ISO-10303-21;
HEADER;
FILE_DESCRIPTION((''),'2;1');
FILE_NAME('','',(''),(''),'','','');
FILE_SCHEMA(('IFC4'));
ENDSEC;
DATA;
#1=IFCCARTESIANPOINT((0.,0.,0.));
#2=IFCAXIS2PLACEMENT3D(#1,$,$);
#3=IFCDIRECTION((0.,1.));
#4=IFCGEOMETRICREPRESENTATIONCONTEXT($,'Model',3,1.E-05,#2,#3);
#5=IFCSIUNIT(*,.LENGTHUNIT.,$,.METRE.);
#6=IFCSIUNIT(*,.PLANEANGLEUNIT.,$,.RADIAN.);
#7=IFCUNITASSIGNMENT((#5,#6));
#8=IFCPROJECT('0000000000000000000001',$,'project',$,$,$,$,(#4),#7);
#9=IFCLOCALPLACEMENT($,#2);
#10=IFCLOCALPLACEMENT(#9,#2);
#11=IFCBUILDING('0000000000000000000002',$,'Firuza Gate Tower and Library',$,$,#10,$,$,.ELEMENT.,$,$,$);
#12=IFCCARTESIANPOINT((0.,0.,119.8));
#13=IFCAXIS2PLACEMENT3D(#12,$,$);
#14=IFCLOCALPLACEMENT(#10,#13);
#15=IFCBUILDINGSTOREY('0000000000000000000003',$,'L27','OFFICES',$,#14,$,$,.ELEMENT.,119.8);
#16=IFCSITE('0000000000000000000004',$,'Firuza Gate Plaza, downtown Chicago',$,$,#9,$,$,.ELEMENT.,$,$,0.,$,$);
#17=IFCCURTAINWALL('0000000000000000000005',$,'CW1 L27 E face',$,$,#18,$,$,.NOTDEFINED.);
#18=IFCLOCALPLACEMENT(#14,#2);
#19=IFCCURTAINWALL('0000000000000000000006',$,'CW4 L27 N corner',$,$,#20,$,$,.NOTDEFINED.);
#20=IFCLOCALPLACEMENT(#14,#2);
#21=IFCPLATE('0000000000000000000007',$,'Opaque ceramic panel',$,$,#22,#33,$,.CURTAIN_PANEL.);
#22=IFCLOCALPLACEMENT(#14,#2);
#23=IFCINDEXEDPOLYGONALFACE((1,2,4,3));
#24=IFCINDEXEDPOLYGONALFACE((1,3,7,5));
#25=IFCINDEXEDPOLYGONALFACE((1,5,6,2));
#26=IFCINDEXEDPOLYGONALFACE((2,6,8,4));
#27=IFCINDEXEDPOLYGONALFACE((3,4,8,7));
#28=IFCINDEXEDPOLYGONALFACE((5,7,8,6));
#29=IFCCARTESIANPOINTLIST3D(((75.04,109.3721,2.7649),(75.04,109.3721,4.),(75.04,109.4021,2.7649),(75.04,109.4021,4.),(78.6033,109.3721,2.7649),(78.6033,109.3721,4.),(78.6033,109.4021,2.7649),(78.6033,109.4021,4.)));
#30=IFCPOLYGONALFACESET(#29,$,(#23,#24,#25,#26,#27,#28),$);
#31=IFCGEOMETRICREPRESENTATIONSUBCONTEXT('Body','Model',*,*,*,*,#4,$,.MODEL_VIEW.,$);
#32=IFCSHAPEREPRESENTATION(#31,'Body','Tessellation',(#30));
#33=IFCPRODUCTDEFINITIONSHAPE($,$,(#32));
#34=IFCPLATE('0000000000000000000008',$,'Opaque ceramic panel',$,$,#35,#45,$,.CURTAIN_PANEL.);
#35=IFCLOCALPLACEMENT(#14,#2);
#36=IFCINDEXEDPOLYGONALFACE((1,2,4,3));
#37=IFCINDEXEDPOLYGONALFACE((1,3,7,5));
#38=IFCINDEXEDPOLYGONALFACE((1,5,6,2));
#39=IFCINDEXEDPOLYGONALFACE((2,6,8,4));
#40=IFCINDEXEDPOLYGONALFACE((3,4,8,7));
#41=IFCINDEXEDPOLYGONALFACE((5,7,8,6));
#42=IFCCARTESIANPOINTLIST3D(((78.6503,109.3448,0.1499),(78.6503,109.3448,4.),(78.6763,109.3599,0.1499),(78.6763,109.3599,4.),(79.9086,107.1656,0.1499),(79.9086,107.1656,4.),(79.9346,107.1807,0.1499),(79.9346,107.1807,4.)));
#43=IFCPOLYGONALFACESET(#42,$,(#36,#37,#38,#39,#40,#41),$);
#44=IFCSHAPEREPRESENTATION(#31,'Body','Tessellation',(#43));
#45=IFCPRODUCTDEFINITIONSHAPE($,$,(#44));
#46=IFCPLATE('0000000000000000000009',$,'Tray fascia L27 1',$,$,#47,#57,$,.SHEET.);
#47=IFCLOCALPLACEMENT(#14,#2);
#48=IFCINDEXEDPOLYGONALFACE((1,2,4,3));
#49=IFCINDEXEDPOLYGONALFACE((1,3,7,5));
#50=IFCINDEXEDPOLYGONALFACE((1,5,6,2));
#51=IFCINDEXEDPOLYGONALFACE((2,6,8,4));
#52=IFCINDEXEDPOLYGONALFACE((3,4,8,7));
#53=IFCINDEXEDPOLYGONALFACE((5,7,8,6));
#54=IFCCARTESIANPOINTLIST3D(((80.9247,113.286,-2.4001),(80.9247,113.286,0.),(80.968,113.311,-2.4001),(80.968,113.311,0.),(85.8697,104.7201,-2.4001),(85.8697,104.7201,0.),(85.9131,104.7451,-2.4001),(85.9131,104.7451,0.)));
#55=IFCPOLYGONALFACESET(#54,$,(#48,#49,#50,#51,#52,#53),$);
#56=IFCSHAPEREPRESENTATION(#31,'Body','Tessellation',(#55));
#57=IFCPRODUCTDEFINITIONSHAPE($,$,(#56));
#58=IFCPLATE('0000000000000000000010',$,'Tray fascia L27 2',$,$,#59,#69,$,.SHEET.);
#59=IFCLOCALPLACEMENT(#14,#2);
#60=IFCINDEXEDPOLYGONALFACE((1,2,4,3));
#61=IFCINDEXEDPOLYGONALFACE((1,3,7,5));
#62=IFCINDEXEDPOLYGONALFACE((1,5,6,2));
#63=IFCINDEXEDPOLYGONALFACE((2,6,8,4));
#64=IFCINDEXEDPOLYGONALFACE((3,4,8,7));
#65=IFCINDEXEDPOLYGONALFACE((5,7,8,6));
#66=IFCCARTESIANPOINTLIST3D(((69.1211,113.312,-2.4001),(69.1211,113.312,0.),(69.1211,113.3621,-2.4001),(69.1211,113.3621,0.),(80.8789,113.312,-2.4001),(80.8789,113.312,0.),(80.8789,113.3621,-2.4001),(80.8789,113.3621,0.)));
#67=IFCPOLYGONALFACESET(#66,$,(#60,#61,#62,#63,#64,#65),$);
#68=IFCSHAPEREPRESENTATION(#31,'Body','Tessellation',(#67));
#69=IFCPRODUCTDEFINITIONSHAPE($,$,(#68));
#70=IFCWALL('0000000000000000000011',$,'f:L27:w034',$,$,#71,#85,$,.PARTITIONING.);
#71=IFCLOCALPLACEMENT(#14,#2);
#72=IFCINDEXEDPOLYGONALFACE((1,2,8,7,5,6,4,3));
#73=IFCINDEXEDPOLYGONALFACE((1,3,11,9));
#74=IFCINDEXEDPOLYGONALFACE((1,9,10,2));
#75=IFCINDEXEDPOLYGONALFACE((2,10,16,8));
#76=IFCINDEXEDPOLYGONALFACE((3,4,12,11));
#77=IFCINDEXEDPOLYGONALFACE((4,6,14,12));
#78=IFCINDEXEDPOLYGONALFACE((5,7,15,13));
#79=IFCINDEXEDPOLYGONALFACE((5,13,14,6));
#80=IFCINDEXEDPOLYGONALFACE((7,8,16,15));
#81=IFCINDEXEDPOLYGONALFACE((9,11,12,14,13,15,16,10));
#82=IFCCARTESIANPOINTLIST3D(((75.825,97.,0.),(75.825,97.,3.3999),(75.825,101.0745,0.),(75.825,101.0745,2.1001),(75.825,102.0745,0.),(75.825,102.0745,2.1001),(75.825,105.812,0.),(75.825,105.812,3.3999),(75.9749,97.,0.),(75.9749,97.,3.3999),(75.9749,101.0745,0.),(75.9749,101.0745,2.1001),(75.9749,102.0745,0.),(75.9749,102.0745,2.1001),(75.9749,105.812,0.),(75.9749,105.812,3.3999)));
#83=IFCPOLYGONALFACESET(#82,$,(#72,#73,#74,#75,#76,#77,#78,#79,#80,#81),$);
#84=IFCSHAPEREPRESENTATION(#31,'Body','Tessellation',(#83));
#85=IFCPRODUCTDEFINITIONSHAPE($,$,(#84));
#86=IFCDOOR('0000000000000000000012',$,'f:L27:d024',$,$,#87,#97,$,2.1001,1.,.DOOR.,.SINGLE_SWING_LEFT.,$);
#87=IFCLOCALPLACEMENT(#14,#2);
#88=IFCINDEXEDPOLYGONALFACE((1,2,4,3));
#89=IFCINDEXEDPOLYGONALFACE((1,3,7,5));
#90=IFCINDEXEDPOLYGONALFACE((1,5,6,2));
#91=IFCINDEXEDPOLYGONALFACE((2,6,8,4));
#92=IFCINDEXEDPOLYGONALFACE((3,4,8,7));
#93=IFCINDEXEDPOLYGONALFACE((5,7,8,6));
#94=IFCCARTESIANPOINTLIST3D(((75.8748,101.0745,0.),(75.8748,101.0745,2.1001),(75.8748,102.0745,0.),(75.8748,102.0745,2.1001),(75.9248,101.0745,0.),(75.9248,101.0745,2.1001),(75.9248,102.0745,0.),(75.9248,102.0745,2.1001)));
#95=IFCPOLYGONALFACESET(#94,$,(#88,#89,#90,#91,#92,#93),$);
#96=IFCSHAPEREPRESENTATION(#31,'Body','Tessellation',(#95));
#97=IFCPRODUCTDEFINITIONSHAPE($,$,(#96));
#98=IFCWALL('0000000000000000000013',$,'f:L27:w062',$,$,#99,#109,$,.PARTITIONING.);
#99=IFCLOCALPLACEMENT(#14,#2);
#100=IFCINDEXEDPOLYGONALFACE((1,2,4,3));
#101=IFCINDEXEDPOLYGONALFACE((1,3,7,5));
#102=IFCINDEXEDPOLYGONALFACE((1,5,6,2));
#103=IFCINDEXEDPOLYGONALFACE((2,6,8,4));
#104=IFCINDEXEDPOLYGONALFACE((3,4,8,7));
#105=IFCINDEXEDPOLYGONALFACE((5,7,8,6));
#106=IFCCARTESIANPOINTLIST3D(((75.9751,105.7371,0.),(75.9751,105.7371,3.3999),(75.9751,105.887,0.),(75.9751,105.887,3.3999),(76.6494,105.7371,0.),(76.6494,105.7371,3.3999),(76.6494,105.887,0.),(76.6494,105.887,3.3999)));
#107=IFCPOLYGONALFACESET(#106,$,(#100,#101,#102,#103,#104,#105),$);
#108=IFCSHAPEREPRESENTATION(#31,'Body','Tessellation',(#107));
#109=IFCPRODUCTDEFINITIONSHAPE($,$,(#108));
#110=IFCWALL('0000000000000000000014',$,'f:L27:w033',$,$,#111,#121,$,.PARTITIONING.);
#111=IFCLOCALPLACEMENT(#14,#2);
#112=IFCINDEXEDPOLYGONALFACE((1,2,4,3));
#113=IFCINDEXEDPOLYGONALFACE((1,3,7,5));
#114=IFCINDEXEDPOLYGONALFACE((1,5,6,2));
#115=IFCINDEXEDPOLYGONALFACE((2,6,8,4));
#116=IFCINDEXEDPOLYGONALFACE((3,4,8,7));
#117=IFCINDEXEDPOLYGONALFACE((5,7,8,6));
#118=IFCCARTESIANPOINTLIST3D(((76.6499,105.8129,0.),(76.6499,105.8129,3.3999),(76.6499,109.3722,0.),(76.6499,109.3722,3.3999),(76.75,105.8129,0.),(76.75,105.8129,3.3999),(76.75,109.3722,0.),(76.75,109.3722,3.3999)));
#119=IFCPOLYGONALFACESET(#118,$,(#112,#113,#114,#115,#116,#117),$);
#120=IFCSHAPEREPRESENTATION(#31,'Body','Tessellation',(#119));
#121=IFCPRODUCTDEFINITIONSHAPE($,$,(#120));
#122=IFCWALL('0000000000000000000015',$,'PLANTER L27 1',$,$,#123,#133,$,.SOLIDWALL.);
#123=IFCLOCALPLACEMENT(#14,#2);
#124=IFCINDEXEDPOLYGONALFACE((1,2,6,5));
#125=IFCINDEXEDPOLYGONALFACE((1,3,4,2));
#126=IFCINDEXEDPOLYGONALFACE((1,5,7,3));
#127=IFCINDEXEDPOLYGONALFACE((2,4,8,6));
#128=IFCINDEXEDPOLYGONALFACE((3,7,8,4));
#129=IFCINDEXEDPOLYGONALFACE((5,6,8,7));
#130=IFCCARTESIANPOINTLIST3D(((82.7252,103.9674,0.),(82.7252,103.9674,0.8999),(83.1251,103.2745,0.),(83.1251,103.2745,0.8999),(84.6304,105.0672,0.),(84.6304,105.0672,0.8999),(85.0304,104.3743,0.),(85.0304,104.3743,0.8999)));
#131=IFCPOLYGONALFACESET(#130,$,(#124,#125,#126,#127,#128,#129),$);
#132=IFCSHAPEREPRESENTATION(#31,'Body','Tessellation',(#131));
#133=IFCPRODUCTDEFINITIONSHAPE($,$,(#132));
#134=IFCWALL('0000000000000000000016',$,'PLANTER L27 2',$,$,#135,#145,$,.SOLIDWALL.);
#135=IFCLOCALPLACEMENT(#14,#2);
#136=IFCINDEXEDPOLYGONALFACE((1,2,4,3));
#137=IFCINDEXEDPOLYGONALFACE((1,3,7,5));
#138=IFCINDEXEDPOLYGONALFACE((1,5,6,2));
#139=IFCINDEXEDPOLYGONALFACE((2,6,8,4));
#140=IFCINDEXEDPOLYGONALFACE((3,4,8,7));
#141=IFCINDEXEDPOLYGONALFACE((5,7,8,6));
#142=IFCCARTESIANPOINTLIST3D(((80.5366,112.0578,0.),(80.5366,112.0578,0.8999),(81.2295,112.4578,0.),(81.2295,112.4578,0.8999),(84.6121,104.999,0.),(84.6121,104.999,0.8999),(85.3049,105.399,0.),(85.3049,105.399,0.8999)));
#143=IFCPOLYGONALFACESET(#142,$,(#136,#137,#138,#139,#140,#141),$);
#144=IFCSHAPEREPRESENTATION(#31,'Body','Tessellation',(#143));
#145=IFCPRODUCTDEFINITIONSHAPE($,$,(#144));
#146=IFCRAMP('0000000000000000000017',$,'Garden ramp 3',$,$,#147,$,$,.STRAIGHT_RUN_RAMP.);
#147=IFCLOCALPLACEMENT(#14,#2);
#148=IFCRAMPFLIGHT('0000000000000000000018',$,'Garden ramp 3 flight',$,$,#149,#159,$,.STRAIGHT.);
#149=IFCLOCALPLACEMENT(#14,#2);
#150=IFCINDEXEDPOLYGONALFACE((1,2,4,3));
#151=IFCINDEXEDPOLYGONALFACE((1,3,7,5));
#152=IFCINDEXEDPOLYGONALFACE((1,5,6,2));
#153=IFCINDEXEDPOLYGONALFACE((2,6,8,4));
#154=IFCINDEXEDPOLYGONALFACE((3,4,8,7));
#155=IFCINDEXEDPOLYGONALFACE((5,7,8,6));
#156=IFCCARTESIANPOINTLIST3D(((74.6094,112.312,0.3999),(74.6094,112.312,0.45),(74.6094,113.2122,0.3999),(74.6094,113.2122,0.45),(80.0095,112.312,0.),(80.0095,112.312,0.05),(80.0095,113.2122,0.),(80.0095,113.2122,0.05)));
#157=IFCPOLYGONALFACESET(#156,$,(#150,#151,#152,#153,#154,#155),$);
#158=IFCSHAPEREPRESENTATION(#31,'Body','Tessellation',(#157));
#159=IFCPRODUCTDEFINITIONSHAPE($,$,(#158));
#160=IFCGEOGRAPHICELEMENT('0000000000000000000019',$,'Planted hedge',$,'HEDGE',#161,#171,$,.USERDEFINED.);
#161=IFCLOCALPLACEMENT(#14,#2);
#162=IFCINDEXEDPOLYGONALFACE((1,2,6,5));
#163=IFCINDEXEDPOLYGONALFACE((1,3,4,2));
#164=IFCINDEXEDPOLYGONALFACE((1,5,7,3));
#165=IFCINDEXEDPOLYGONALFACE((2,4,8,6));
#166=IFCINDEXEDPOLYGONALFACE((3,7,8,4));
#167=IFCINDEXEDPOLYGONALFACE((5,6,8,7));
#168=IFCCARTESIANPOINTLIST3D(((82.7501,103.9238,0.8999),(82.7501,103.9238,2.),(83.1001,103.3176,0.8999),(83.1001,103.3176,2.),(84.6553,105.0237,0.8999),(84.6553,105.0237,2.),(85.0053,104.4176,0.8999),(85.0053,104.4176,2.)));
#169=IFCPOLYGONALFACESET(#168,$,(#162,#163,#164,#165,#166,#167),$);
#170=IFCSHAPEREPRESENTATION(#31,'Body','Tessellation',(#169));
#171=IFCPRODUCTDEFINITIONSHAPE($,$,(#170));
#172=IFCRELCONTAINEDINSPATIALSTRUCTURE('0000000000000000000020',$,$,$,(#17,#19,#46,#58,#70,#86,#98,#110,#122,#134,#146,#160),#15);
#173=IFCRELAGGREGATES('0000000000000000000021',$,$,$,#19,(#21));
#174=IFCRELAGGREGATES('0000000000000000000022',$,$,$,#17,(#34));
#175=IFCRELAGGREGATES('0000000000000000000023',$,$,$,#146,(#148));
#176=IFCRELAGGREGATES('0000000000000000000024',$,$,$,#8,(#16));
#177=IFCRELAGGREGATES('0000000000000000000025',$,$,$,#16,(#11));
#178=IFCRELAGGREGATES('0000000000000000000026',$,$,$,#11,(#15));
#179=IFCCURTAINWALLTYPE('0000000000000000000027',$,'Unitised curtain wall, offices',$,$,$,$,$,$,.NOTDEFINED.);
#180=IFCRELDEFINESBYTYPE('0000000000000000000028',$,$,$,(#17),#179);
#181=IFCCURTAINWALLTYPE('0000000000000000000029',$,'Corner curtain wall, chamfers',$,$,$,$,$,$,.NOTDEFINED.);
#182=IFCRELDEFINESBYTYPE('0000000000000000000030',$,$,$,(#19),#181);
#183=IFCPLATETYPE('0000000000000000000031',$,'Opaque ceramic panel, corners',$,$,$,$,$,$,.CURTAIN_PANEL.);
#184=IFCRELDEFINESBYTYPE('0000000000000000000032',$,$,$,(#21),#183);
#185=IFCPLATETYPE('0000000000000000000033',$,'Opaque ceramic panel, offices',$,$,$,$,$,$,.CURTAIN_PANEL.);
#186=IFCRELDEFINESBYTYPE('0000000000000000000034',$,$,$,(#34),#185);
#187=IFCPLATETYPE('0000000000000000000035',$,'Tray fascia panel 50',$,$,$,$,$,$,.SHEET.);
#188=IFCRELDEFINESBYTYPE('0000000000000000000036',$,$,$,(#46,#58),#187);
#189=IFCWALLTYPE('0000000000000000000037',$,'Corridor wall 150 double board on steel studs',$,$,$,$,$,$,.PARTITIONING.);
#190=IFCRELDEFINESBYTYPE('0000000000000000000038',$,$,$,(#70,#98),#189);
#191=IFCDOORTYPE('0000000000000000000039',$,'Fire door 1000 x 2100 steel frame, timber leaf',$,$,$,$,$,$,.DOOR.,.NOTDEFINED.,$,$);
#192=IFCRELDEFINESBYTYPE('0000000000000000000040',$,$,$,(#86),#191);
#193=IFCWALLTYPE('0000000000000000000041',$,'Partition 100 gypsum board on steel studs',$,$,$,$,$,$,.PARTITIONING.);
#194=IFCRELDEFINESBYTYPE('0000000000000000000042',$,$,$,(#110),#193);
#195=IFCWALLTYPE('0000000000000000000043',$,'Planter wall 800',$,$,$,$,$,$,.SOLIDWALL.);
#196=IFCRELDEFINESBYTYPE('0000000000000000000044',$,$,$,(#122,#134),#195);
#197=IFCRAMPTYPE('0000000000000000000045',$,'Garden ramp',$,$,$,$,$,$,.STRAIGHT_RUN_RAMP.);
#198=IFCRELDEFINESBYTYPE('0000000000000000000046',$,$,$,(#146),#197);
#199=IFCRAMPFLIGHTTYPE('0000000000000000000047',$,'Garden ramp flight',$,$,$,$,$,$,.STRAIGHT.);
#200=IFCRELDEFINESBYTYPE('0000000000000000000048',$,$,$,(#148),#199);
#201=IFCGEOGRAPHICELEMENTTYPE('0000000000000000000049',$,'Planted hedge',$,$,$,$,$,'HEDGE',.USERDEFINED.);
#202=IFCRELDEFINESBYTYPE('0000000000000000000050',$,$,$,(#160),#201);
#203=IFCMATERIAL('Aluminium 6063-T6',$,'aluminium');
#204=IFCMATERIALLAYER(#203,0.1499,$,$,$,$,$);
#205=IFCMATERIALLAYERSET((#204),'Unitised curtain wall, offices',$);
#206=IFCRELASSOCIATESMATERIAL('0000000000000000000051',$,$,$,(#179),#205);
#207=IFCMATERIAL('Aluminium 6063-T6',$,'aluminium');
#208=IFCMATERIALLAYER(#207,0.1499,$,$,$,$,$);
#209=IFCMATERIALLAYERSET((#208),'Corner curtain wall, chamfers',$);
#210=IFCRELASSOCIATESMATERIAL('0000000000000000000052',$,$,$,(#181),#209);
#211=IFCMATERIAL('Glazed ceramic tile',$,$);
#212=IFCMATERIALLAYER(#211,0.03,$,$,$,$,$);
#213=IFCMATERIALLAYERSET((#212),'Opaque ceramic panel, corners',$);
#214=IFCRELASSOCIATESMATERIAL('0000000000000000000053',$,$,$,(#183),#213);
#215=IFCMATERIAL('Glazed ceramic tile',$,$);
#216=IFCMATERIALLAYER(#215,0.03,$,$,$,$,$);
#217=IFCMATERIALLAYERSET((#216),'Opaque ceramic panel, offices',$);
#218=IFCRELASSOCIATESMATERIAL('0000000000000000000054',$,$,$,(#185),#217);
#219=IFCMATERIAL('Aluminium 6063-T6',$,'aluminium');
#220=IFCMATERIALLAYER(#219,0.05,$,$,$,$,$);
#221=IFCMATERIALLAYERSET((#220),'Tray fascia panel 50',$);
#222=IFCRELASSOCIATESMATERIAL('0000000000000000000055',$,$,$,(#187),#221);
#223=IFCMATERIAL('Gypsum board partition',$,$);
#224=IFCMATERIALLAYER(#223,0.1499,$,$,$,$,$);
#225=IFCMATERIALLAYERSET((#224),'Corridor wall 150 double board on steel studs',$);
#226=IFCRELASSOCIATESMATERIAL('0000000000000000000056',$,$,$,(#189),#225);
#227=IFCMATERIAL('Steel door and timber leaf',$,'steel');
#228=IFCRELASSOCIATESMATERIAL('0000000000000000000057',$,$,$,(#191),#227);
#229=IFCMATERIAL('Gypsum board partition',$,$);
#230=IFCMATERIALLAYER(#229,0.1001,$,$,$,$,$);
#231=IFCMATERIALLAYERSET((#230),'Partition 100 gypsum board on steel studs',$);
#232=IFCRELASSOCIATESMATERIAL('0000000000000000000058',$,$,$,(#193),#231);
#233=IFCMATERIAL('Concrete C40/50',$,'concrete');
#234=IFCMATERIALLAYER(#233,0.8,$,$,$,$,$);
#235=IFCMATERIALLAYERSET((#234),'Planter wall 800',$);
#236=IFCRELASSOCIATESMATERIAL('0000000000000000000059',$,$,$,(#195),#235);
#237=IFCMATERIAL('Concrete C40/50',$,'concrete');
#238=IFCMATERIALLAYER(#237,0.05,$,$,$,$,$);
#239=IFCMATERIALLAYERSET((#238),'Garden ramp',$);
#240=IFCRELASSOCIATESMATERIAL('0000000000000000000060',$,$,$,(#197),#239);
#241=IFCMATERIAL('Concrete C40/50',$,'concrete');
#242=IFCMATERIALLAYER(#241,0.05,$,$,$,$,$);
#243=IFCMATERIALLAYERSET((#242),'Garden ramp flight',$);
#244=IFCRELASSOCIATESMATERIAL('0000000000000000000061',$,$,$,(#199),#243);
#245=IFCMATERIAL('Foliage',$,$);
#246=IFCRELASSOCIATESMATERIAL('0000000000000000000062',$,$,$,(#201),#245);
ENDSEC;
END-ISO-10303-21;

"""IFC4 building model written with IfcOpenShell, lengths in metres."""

from ifc_helpers import new_model, si_unit, direction, frame, frame_2d, origin, origin_2d, place, context, subcontext, project, spatial, polyline, rectangle, outline, extrude, material, layer, layer_set, type_object, element, fill, aggregate, save


model = new_model("IFC4")

# Units and contexts
model_context = context("Model", 3, precision=1e-05, world=origin(), true_north=direction((0.0, 1.0)))
body_context = subcontext(model_context, "Body", "Model", "MODEL_VIEW")
ifc_project = project(units=[si_unit("LENGTHUNIT", "METRE"), si_unit("PLANEANGLEUNIT", "RADIAN")], contexts=[model_context])

# Site, building, storey
site_placement = place(None, origin())
site = spatial("IfcSite", under=ifc_project, at=site_placement, Name="Firuza Gate Plaza, downtown Chicago", CompositionType="ELEMENT", RefElevation=0.0)
building_placement = place(site_placement, origin())
building = spatial("IfcBuilding", under=site, at=building_placement, Name="Firuza Gate Tower and Library", CompositionType="ELEMENT")
storey_placement = place(building_placement, frame((0.0, 0.0, 119.8)))
storey = spatial("IfcBuildingStorey", under=building, at=storey_placement, Name="L27", Description="OFFICES", CompositionType="ELEMENT", Elevation=119.8)

# Curtain walls
ifc_material_1 = material(Name="Aluminium 6063-T6", Category="aluminium")
ifc_layer_1 = layer(ifc_material_1, 0.1499)
ifc_layer_set_1 = layer_set([ifc_layer_1], Name="Unitised curtain wall, offices")
curtain_wall_type_1 = type_object("IfcCurtainWallType", Name="Unitised curtain wall, offices", PredefinedType="NOTDEFINED", material=ifc_layer_set_1)
placement = place(storey_placement, origin())
curtain_wall_1 = element("IfcCurtainWall", 1, at=placement, inside=storey, type_object=curtain_wall_type_1, Name="CW1 L27 E face", PredefinedType="NOTDEFINED")
ifc_material_2 = material(Name="Aluminium 6063-T6", Category="aluminium")
ifc_layer_2 = layer(ifc_material_2, 0.1499)
ifc_layer_set_2 = layer_set([ifc_layer_2], Name="Corner curtain wall, chamfers")
curtain_wall_type_2 = type_object("IfcCurtainWallType", Name="Corner curtain wall, chamfers", PredefinedType="NOTDEFINED", material=ifc_layer_set_2)
curtain_wall_2 = element("IfcCurtainWall", 2, at=placement, inside=storey, type_object=curtain_wall_type_2, Name="CW4 L27 N corner", PredefinedType="NOTDEFINED")

# Plates
ifc_material_3 = material(Name="Glazed ceramic tile")
ifc_layer_3 = layer(ifc_material_3, 0.03)
ifc_layer_set_3 = layer_set([ifc_layer_3], Name="Opaque ceramic panel, corners")
plate_type_1 = type_object("IfcPlateType", Name="Opaque ceramic panel, corners", PredefinedType="CURTAIN_PANEL", material=ifc_layer_set_3)
plate_1_placement = place(storey_placement, frame((78.6033, 109.4021, 2.7649), z_axis=(0.0, 1.0, 0.0), x_axis=(-1.0, 0.0, 0.0)))
plate_1 = element("IfcPlate", 3, at=plate_1_placement, type_object=plate_type_1, Name="Opaque ceramic panel", PredefinedType="CURTAIN_PANEL", context=body_context, shape_type="SweptSolid", body=[
    extrude(outline(polyline([(0.0, 0.0), (3.5632, 0.0), (3.5632, 1.2351), (0.0, 1.2351), (0.0, 0.0)])), origin(), (0.0, 0.0, -1.0), 0.03),
])
aggregate(curtain_wall_2, [plate_1])
ifc_material_4 = material(Name="Glazed ceramic tile")
ifc_layer_4 = layer(ifc_material_4, 0.03)
ifc_layer_set_4 = layer_set([ifc_layer_4], Name="Opaque ceramic panel, offices")
plate_type_2 = type_object("IfcPlateType", Name="Opaque ceramic panel, offices", PredefinedType="CURTAIN_PANEL", material=ifc_layer_set_4)
plate_2_placement = place(storey_placement, frame((79.9346, 107.1807, 0.1499), z_axis=(0.866001, 0.500042, 0.0), x_axis=(-0.500042, 0.866001, 0.0)))
plate_2 = element("IfcPlate", 4, at=plate_2_placement, type_object=plate_type_2, Name="Opaque ceramic panel", PredefinedType="CURTAIN_PANEL", context=body_context, shape_type="SweptSolid", body=[
    extrude(outline(polyline([(0.0, 0.0), (2.5164, 0.0), (2.5164, 3.8501), (0.0, 3.8501), (0.0, 0.0)])), origin(), (0.0, 0.0, -1.0), 0.03),
])
aggregate(curtain_wall_1, [plate_2])

# Plates
ifc_material_5 = material(Name="Aluminium 6063-T6", Category="aluminium")
ifc_layer_5 = layer(ifc_material_5, 0.05)
ifc_layer_set_5 = layer_set([ifc_layer_5], Name="Tray fascia panel 50")
plate_type_3 = type_object("IfcPlateType", Name="Tray fascia panel 50", PredefinedType="SHEET", material=ifc_layer_set_5)
plate_3_placement = place(storey_placement, frame((85.9131, 104.7451, -2.4001), z_axis=(0.866046, 0.499965, 0.0), x_axis=(-0.499965, 0.866046, 0.0)))
element("IfcPlate", 5, at=plate_3_placement, inside=storey, type_object=plate_type_3, Name="Tray fascia L27 1", PredefinedType="SHEET", context=body_context, shape_type="SweptSolid", body=[
    extrude(outline(polyline([(0.0, 0.0), (9.8908, 0.0), (9.8908, 2.4001), (0.0, 2.4001), (0.0, 0.0)])), origin(), (0.0, 0.0, -1.0), 0.05),
])
plate_4_placement = place(storey_placement, frame((80.8789, 113.3621, -2.4001), z_axis=(0.0, 1.0, 0.0), x_axis=(-1.0, 0.0, 0.0)))
element("IfcPlate", 6, at=plate_4_placement, inside=storey, type_object=plate_type_3, Name="Tray fascia L27 2", PredefinedType="SHEET", context=body_context, shape_type="SweptSolid", body=[
    extrude(outline(polyline([(0.0, 0.0), (11.7578, 0.0), (11.7578, 2.4001), (0.0, 2.4001), (0.0, 0.0)])), origin(), (0.0, 0.0, -1.0), 0.05),
])

# Wall, opening, door
ifc_material_6 = material(Name="Gypsum board partition")
ifc_layer_6 = layer(ifc_material_6, 0.1499)
ifc_layer_set_6 = layer_set([ifc_layer_6], Name="Corridor wall 150 double board on steel studs")
wall_type_1 = type_object("IfcWallType", Name="Corridor wall 150 double board on steel studs", PredefinedType="PARTITIONING", material=ifc_layer_set_6)
wall_1_placement = place(storey_placement, frame((75.8999, 105.812, 0.0), z_axis=(0.0, 0.0, 1.0), x_axis=(0.0, -1.0, 0.0)))
wall_1 = element("IfcWall", 7, at=wall_1_placement, inside=storey, type_object=wall_type_1, Name="f:L27:w034", PredefinedType="PARTITIONING", context=body_context, shape_type="SweptSolid", body=[
    extrude(rectangle(XDim=8.812, YDim=0.1499, at=frame_2d((4.406, 0.0))), origin(), (0.0, 0.0, 1.0), 3.3999),
])
opening_placement = place(wall_1_placement, frame((3.7375, 0.0, 0.0)))
opening = element("IfcOpeningElement", 8, at=opening_placement, cuts=wall_1, PredefinedType="OPENING", context=body_context, shape_type="SweptSolid", body=[
    extrude(rectangle(XDim=1.0, YDim=2.1001, at=frame_2d((0.5, 1.05))), frame((0.0, 0.085, 0.0), z_axis=(0.0, -1.0, 0.0), x_axis=(1.0, 0.0, 0.0)), (0.0, 0.0, 1.0), 0.1699),
])
ifc_material_7 = material(Name="Steel door and timber leaf", Category="steel")
door_type = type_object("IfcDoorType", Name="Fire door 1000 x 2100 steel frame, timber leaf", OperationType="NOTDEFINED", PredefinedType="DOOR", material=ifc_material_7)
door_placement = place(opening_placement, origin())
door = element("IfcDoor", 9, at=door_placement, inside=storey, type_object=door_type, Name="f:L27:d024", OperationType="SINGLE_SWING_LEFT", OverallHeight=2.1001, OverallWidth=1.0, PredefinedType="DOOR", context=body_context, shape_type="SweptSolid", body=[
    extrude(rectangle(XDim=1.0, YDim=2.1001, at=frame_2d((0.5, 1.05))), frame((0.0, 0.0249, 0.0), z_axis=(0.0, -1.0, 0.0), x_axis=(1.0, 0.0, 0.0)), (0.0, 0.0, 1.0), 0.05),
])
fill(opening, door)

# Walls
wall_2_placement = place(storey_placement, frame((75.9751, 105.812, 0.0), z_axis=(0.0, 0.0, 1.0), x_axis=(1.0, 0.0, 0.0)))
element("IfcWall", 10, at=wall_2_placement, inside=storey, type_object=wall_type_1, Name="f:L27:w062", PredefinedType="PARTITIONING", context=body_context, shape_type="SweptSolid", body=[
    extrude(rectangle(XDim=0.6743, YDim=0.1499, at=frame_2d((0.3372, 0.0))), origin(), (0.0, 0.0, 1.0), 3.3999),
])
ifc_material_8 = material(Name="Gypsum board partition")
ifc_layer_7 = layer(ifc_material_8, 0.1001)
ifc_layer_set_7 = layer_set([ifc_layer_7], Name="Partition 100 gypsum board on steel studs")
wall_type_2 = type_object("IfcWallType", Name="Partition 100 gypsum board on steel studs", PredefinedType="PARTITIONING", material=ifc_layer_set_7)
wall_3_placement = place(storey_placement, frame((76.7, 105.8127, 0.0), z_axis=(0.0, 0.0, 1.0), x_axis=(0.0, 1.0, 0.0)))
element("IfcWall", 11, at=wall_3_placement, inside=storey, type_object=wall_type_2, Name="f:L27:w033", PredefinedType="PARTITIONING", context=body_context, shape_type="SweptSolid", body=[
    extrude(rectangle(XDim=3.5593, YDim=0.1001, at=frame_2d((1.7798, 0.0))), origin(), (0.0, 0.0, 1.0), 3.3999),
])
ifc_material_9 = material(Name="Concrete C40/50", Category="concrete")
ifc_layer_8 = layer(ifc_material_9, 0.8)
ifc_layer_set_8 = layer_set([ifc_layer_8], Name="Planter wall 800")
wall_type_3 = type_object("IfcWallType", Name="Planter wall 800", PredefinedType="SOLIDWALL", material=ifc_layer_set_8)
wall_4_placement = place(storey_placement, frame((82.925, 103.6208, 0.0), z_axis=(0.0, 0.0, 1.0), x_axis=(0.866056, 0.499947, 0.0)))
element("IfcWall", 12, at=wall_4_placement, inside=storey, type_object=wall_type_3, Name="PLANTER L27 1", PredefinedType="SOLIDWALL", context=body_context, shape_type="SweptSolid", body=[
    extrude(rectangle(XDim=2.2, YDim=0.8, at=frame_2d((1.1001, 0.0))), origin(), (0.0, 0.0, 1.0), 0.8999),
])
wall_5_placement = place(storey_placement, frame((84.9585, 105.199, 0.0), z_axis=(0.0, 0.0, 1.0), x_axis=(-0.500002, 0.866024, 0.0)))
element("IfcWall", 13, at=wall_5_placement, inside=storey, type_object=wall_type_3, Name="PLANTER L27 2", PredefinedType="SOLIDWALL", context=body_context, shape_type="SweptSolid", body=[
    extrude(rectangle(XDim=8.1509, YDim=0.8, at=frame_2d((4.0754, 0.0))), origin(), (0.0, 0.0, 1.0), 0.8999),
])

# Ramp, ramp flight
ifc_material_10 = material(Name="Concrete C40/50", Category="concrete")
ifc_layer_9 = layer(ifc_material_10, 0.05)
ifc_layer_set_9 = layer_set([ifc_layer_9], Name="Garden ramp")
ramp_type = type_object("IfcRampType", Name="Garden ramp", PredefinedType="STRAIGHT_RUN_RAMP", material=ifc_layer_set_9)
ramp = element("IfcRamp", 14, at=placement, inside=storey, type_object=ramp_type, Name="Garden ramp 3", PredefinedType="STRAIGHT_RUN_RAMP")
ifc_material_11 = material(Name="Concrete C40/50", Category="concrete")
ifc_layer_10 = layer(ifc_material_11, 0.05)
ifc_layer_set_10 = layer_set([ifc_layer_10], Name="Garden ramp flight")
ramp_flight_type = type_object("IfcRampFlightType", Name="Garden ramp flight", PredefinedType="STRAIGHT", material=ifc_layer_set_10)
ramp_flight_placement = place(storey_placement, frame((80.0095, 112.7622, 0.0), z_axis=(0.0, 0.0, 1.0), x_axis=(-1.0, 0.0, 0.0)))
ramp_flight = element("IfcRampFlight", 15, at=ramp_flight_placement, type_object=ramp_flight_type, Name="Garden ramp 3 flight", PredefinedType="STRAIGHT", context=body_context, shape_type="SweptSolid", body=[
    extrude(outline(polyline([(0.0, 0.05), (5.4001, 0.45), (5.4001, 0.3999), (0.0, 0.0), (0.0, 0.05)])), frame((0.0, 0.4502, 0.0), z_axis=(0.0, -1.0, 0.0), x_axis=(1.0, 0.0, 0.0)), (0.0, 0.0, 1.0), 0.9001),
])
aggregate(ramp, [ramp_flight])

# Geographic element
ifc_material_12 = material(Name="Foliage")
geographic_element_type_1 = type_object("IfcGeographicElementType", Name="Planted hedge", ElementType="HEDGE", PredefinedType="USERDEFINED", material=ifc_material_12)
geographic_element_1_placement = place(storey_placement, frame((83.8777, 104.1707, 0.8999), z_axis=(0.0, 0.0, 1.0), x_axis=(0.866025, 0.5, 0.0)))
element("IfcGeographicElement", 16, at=geographic_element_1_placement, inside=storey, type_object=geographic_element_type_1, Name="Planted hedge", ObjectType="HEDGE", PredefinedType="USERDEFINED", context=body_context, shape_type="SweptSolid", body=[
    extrude(rectangle(XDim=2.2, YDim=0.7, at=origin_2d()), origin(), (0.0, 0.0, 1.0), 1.1001),
])

save(model, "model.ifc")
